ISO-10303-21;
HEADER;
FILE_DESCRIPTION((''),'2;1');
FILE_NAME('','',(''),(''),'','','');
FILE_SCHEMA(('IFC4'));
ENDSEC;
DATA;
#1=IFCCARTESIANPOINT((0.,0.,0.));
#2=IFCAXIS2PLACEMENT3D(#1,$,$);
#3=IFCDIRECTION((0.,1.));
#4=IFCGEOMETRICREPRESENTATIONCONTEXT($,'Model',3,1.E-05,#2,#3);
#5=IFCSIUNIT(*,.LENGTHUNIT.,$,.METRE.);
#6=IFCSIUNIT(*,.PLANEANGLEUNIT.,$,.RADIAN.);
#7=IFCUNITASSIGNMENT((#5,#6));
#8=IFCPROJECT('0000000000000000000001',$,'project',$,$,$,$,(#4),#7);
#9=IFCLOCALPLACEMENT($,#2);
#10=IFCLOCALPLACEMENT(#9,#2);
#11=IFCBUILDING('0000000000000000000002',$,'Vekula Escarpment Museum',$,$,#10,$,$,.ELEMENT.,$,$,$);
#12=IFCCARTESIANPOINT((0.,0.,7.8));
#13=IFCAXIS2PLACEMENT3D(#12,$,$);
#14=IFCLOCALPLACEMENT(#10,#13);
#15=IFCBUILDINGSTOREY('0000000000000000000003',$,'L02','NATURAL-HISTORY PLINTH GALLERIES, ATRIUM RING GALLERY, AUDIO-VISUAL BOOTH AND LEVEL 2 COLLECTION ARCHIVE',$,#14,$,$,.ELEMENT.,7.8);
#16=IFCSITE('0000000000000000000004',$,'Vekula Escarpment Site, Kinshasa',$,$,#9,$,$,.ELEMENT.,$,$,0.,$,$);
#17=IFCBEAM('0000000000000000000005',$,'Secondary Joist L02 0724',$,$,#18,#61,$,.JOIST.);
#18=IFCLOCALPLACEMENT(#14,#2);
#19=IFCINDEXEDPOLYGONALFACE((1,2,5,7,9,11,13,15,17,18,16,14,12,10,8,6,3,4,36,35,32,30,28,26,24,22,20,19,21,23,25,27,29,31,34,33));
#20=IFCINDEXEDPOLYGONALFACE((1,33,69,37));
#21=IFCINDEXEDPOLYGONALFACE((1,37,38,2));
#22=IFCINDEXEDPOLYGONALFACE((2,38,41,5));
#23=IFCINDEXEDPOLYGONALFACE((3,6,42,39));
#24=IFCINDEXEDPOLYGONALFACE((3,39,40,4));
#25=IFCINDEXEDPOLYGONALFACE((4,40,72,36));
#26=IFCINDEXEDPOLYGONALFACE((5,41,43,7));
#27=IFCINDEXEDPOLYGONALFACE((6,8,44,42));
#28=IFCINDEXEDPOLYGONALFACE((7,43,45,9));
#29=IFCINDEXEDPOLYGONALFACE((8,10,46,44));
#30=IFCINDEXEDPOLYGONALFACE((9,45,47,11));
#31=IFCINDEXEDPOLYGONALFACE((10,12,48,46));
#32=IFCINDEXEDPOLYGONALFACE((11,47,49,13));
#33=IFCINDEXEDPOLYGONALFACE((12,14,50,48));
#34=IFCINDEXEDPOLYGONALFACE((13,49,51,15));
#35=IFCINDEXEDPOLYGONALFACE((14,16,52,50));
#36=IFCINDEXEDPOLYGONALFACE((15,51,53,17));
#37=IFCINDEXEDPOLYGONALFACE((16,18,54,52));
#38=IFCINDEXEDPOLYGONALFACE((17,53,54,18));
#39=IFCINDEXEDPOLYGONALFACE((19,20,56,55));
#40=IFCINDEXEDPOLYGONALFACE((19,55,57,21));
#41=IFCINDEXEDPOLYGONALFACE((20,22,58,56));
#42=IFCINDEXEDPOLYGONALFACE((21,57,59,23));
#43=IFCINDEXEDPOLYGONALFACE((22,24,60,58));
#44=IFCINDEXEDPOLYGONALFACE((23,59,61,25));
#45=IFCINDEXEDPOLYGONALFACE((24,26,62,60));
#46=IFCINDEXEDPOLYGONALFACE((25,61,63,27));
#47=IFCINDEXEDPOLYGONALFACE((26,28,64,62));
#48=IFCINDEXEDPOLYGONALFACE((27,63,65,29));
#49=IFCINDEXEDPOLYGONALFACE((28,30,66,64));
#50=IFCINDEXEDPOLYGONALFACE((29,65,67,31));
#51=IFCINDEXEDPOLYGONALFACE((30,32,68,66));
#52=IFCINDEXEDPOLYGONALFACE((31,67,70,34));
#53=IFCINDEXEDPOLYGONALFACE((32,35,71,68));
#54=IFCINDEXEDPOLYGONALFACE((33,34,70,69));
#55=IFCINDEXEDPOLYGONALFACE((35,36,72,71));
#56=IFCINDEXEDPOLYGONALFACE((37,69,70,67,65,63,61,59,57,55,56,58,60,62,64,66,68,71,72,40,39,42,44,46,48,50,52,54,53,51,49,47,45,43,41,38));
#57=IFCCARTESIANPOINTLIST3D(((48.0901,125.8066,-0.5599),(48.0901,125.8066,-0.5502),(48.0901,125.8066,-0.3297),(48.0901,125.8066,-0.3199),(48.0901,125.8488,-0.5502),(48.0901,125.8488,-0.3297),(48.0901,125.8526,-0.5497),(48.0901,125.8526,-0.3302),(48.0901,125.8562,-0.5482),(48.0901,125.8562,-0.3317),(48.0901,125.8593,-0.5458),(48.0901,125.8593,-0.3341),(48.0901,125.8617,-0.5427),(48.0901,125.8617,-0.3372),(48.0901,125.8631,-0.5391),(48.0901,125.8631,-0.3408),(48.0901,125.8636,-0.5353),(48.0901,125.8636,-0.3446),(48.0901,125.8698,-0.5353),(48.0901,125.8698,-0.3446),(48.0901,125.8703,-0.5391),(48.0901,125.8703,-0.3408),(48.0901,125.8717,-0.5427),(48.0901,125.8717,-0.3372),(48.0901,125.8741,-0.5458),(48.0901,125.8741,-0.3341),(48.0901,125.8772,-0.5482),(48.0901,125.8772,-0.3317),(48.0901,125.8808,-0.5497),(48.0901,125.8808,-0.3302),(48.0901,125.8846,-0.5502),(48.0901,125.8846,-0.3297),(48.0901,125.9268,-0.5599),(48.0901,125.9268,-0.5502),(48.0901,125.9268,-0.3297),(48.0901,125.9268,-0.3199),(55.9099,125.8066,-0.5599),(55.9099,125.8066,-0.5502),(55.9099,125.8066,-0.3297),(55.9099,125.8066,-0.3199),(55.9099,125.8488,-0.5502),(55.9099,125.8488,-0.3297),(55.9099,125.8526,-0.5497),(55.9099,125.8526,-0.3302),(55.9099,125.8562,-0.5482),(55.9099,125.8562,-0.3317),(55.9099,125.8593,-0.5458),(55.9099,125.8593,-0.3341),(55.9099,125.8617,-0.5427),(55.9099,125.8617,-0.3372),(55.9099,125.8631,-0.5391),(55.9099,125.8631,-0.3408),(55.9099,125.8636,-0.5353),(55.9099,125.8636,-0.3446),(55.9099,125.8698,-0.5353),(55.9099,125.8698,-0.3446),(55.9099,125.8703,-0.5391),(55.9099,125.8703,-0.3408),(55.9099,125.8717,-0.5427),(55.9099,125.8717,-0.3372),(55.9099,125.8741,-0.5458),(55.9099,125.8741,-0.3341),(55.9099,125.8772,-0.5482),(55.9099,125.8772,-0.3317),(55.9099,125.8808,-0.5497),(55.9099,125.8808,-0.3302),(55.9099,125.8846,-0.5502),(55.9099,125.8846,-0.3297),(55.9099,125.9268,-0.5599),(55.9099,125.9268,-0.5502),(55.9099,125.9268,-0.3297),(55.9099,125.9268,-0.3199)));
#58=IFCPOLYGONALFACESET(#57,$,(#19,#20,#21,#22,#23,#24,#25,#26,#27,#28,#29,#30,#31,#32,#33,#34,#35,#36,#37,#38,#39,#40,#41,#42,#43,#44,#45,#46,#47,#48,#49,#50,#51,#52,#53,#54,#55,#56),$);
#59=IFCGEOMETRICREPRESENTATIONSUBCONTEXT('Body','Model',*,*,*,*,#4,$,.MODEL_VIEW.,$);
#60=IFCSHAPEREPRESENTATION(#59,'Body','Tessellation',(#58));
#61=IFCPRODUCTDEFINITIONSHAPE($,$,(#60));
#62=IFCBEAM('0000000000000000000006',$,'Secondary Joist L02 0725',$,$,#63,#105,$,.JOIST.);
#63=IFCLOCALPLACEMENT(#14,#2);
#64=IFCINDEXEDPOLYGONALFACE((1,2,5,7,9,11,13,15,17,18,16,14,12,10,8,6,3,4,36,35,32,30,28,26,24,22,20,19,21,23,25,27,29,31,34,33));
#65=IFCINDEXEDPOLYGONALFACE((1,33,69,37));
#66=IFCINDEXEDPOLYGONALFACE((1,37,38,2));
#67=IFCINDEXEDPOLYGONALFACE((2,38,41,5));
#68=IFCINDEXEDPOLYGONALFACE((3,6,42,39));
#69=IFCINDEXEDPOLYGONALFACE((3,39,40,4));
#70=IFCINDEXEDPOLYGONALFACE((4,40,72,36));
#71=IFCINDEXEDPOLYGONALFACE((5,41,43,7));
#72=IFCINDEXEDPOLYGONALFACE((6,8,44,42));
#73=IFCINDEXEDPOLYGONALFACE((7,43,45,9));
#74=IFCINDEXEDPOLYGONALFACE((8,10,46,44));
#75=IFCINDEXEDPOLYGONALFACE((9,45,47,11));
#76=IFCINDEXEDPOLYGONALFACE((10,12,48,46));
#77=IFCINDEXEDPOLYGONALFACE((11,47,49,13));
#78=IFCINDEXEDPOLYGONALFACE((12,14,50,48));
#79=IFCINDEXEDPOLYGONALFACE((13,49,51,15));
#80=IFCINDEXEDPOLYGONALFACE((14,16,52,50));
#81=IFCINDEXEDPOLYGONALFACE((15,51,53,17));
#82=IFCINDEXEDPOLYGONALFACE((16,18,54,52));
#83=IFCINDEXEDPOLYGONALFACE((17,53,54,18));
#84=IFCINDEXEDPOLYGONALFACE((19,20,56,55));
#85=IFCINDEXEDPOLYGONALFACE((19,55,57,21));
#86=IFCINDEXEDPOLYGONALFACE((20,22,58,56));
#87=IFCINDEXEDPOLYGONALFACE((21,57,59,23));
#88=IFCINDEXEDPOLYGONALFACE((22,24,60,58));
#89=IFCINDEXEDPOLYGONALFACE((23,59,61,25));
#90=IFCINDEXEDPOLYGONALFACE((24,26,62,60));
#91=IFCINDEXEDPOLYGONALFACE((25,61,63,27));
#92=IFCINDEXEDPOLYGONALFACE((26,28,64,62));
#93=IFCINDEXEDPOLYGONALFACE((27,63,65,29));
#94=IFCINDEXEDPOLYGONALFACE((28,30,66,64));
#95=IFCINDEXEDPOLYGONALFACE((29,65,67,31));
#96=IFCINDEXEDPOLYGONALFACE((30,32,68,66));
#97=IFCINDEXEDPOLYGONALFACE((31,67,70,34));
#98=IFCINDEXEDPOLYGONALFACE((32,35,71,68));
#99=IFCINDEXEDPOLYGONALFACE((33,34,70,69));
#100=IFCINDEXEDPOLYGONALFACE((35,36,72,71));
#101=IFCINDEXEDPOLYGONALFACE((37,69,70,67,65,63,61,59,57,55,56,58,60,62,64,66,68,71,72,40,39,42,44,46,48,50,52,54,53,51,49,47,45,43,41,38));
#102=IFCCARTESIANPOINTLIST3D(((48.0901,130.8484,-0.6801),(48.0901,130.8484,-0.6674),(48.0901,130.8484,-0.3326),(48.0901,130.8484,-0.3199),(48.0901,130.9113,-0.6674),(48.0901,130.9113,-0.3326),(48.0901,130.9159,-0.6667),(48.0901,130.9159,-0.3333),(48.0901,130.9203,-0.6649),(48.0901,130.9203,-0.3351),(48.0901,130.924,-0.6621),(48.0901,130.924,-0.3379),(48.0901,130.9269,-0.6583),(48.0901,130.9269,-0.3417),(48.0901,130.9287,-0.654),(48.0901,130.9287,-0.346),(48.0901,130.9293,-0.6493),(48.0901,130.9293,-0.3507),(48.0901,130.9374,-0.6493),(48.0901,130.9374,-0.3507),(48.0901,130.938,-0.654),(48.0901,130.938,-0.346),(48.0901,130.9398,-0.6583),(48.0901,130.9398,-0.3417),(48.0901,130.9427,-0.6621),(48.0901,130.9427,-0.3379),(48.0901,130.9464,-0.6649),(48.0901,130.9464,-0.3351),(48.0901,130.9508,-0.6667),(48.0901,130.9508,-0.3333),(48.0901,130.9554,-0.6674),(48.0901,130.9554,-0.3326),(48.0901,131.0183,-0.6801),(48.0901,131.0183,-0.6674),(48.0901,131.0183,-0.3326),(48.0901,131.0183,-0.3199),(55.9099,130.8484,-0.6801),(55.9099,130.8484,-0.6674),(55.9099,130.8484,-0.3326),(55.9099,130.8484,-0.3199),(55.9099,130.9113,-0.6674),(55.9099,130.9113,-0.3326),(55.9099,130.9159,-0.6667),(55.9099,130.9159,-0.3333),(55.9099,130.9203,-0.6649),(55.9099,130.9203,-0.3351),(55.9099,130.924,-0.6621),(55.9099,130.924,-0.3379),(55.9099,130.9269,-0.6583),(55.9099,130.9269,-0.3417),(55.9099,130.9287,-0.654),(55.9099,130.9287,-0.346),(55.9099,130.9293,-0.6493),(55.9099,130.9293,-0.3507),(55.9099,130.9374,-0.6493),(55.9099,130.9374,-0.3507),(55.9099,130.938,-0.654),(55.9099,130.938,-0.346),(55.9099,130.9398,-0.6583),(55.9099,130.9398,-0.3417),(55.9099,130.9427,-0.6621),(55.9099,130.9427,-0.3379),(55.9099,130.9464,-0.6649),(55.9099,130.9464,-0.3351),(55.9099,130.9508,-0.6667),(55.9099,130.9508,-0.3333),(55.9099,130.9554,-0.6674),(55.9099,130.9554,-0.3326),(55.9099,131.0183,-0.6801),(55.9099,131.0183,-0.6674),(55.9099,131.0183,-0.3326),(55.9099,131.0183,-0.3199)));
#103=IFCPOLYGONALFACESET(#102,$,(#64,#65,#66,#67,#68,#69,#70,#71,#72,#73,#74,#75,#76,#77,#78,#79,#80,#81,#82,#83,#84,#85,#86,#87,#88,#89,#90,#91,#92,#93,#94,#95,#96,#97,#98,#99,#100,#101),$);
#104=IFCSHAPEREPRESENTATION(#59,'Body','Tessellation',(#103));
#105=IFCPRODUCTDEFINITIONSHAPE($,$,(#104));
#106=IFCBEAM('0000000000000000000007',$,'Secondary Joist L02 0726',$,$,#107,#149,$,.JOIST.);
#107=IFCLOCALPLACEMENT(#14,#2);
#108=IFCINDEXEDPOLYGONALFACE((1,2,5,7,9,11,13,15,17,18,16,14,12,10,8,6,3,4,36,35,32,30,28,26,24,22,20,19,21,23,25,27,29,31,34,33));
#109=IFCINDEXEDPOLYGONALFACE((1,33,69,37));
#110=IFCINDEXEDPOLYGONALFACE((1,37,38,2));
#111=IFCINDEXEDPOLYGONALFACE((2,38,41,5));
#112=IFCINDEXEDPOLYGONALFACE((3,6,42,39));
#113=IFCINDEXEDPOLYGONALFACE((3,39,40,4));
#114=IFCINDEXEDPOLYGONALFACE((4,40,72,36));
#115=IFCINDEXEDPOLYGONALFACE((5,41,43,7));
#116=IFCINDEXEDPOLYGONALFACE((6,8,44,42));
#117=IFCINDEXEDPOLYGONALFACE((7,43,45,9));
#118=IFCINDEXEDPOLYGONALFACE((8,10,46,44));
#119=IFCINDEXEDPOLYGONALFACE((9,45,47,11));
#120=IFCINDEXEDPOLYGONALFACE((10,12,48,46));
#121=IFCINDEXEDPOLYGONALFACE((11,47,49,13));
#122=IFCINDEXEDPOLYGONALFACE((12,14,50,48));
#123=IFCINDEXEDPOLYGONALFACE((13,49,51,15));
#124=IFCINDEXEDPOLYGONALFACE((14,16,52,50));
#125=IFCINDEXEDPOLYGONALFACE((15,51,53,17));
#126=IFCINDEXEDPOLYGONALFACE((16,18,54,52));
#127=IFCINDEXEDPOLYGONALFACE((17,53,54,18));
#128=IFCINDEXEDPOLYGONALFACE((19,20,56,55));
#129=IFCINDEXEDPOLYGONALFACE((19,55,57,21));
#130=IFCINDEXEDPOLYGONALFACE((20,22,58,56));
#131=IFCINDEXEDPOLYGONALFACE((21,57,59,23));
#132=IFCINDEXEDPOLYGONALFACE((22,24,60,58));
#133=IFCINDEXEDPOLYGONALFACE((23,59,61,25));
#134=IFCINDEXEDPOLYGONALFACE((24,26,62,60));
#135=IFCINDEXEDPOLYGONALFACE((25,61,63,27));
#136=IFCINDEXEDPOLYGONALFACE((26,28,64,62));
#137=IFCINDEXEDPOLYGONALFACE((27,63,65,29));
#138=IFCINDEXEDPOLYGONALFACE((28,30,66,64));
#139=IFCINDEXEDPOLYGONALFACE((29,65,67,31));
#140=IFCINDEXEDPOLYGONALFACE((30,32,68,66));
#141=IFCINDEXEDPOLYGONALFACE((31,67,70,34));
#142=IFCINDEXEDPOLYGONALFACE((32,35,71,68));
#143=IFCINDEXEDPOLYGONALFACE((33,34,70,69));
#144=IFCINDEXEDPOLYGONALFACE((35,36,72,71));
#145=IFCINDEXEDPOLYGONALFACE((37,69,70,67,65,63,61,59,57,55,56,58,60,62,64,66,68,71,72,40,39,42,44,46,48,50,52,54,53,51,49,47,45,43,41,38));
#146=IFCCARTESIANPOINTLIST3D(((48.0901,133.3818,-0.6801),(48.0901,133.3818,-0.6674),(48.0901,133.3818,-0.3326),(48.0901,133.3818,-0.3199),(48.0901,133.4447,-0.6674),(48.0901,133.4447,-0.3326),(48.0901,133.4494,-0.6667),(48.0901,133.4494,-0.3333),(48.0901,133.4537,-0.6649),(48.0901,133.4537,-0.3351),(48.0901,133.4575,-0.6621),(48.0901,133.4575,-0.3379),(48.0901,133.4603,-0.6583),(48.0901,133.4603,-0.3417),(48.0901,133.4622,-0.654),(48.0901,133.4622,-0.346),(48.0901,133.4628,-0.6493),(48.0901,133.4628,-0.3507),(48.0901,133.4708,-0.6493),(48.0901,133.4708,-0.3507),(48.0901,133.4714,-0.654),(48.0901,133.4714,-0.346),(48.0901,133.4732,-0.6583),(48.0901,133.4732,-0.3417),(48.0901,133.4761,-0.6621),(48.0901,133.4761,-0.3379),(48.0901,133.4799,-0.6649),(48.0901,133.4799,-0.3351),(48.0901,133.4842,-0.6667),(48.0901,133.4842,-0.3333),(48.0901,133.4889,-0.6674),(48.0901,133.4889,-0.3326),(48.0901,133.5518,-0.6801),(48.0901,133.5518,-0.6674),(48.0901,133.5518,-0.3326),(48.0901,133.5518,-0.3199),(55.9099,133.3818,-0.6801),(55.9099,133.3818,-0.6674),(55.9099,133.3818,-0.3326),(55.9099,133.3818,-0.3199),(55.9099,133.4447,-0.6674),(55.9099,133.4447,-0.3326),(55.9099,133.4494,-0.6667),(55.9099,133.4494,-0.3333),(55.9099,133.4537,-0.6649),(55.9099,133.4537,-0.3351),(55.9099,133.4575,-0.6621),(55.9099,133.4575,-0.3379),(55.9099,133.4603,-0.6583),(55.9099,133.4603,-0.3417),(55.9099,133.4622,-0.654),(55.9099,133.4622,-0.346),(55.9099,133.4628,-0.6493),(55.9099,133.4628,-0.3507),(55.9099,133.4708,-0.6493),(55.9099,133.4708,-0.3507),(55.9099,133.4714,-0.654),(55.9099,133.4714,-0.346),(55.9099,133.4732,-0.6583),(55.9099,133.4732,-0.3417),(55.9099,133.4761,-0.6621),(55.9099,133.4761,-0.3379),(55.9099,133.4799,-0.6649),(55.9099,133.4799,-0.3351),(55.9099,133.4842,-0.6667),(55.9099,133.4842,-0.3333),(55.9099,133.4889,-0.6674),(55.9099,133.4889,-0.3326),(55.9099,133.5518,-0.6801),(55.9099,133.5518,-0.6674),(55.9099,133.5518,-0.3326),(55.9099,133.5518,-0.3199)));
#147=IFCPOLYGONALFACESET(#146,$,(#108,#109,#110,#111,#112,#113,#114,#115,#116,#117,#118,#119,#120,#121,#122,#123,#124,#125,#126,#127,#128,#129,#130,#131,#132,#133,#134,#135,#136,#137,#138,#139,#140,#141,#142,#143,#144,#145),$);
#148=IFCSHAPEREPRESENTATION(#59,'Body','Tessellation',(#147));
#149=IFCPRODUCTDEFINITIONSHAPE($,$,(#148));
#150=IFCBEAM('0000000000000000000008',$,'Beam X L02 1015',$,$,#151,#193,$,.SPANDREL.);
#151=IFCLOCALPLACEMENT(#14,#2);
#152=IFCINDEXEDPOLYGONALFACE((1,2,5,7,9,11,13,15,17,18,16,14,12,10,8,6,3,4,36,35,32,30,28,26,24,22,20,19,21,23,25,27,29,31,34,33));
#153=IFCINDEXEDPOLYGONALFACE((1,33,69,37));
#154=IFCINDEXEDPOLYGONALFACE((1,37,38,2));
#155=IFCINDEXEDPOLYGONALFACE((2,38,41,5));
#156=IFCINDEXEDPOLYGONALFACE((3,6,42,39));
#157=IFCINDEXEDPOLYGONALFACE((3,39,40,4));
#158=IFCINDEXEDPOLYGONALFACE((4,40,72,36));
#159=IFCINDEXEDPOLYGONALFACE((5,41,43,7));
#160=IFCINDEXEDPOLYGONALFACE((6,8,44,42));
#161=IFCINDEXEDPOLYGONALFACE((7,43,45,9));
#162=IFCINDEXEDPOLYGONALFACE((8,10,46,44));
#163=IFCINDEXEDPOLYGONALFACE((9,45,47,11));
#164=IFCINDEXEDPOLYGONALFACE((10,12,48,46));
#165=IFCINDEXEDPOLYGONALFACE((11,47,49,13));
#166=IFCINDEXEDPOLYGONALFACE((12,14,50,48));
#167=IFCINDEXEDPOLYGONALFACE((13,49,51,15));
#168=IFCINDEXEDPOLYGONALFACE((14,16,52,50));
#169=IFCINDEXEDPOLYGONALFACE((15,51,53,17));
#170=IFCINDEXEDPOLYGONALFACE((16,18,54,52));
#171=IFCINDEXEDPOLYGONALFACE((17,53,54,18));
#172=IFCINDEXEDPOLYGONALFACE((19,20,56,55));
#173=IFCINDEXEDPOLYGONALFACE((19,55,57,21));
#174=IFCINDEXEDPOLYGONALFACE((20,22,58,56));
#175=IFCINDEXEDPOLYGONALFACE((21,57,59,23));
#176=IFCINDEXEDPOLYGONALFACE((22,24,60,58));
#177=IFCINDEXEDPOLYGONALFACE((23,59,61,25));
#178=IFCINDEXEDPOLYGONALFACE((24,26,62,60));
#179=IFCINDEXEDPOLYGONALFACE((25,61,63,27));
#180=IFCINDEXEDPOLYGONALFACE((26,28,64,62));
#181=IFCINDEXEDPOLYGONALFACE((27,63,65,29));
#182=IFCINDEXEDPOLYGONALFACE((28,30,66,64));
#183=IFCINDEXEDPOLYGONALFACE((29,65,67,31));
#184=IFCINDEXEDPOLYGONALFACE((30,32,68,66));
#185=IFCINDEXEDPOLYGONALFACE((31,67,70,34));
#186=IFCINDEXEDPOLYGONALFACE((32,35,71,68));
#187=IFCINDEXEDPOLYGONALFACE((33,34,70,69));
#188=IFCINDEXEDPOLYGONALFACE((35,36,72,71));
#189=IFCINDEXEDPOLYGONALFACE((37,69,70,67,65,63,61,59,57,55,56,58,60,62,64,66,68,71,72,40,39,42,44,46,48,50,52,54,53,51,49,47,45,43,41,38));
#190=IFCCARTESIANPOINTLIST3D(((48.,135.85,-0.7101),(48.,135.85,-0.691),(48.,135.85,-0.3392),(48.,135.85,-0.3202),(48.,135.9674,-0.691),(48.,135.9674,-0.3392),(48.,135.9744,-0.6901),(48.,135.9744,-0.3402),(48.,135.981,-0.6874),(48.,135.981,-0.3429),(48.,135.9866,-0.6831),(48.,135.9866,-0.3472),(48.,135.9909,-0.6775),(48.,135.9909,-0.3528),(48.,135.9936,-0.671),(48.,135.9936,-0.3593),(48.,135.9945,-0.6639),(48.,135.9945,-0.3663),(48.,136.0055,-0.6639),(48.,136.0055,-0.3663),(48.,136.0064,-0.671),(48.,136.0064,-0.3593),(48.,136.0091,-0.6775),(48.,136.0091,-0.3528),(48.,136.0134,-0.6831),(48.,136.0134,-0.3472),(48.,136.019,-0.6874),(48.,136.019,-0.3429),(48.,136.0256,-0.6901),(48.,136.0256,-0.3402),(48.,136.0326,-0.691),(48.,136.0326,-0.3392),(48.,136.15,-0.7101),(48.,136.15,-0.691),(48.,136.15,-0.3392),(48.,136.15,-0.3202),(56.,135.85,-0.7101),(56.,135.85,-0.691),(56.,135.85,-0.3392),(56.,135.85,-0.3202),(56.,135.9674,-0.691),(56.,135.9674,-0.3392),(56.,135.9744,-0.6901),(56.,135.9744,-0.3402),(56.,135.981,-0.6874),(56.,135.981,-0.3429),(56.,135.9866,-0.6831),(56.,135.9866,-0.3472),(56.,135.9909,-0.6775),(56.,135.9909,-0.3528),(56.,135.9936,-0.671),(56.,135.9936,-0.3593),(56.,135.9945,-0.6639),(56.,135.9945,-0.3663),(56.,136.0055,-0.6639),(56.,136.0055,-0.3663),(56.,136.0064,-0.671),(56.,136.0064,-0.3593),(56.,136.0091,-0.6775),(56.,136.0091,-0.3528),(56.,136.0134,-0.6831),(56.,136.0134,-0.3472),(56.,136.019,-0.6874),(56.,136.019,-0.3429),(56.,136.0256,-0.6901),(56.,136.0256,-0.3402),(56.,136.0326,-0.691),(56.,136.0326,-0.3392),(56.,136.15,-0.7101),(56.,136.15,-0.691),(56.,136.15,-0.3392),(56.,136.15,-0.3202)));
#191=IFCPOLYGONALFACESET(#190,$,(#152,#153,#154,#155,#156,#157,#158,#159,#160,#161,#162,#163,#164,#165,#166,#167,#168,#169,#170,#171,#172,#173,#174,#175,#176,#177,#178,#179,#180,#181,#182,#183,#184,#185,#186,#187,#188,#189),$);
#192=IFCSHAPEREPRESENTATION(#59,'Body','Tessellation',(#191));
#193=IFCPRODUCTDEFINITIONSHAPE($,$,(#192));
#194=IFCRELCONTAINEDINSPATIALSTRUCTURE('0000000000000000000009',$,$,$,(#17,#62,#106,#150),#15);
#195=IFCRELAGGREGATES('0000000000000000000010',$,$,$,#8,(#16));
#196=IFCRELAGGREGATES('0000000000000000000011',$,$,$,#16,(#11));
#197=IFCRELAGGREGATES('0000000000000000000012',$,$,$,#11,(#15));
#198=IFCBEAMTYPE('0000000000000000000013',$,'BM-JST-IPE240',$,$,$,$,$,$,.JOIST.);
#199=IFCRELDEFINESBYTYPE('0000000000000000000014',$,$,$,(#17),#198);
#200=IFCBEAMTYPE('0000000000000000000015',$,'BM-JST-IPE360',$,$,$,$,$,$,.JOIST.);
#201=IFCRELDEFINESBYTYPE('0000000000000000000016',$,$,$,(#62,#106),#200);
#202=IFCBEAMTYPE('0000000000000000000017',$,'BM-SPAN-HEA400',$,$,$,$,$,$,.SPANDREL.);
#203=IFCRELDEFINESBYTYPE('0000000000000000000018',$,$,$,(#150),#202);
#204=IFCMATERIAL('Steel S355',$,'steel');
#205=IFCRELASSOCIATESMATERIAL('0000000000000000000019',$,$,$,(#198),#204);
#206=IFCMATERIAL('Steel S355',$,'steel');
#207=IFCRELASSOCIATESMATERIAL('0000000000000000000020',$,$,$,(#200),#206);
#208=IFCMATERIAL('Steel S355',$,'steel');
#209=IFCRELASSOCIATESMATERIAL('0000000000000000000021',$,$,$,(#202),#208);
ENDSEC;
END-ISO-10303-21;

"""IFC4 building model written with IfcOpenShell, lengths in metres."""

from ifc_helpers import new_model, si_unit, direction, frame, origin, origin_2d, place, context, subcontext, project, spatial, i_section, extrude, material, material_profile, profile_set, type_object, element, save


model = new_model("IFC4")

# Units and contexts
model_context = context("Model", 3, precision=1e-05, world=origin(), true_north=direction((0.0, 1.0)))
body_context = subcontext(model_context, "Body", "Model", "MODEL_VIEW")
ifc_project = project(units=[si_unit("LENGTHUNIT", "METRE"), si_unit("PLANEANGLEUNIT", "RADIAN")], contexts=[model_context])

# Site, building, storey
site_placement = place(None, origin())
site = spatial("IfcSite", under=ifc_project, at=site_placement, Name="Vekula Escarpment Site, Kinshasa", CompositionType="ELEMENT", RefElevation=0.0)
building_placement = place(site_placement, origin())
building = spatial("IfcBuilding", under=site, at=building_placement, Name="Vekula Escarpment Museum", CompositionType="ELEMENT")
storey_placement = place(building_placement, frame((0.0, 0.0, 7.8)))
storey = spatial("IfcBuildingStorey", under=building, at=storey_placement, Name="L02", Description="NATURAL-HISTORY PLINTH GALLERIES, ATRIUM RING GALLERY, AUDIO-VISUAL BOOTH AND LEVEL 2 COLLECTION ARCHIVE", CompositionType="ELEMENT", Elevation=7.8)

# Beams
ifc_material_1 = material(Name="Steel S355", Category="steel")
ifc_material_profile_1 = material_profile(ifc_material_1, i_section(OverallWidth=0.1201, OverallDepth=0.24, WebThickness=0.0061, FlangeThickness=0.0098, FilletRadius=0.0149, at=origin_2d()), Name="IPE 240")
ifc_profile_set_1 = profile_set([ifc_material_profile_1], Name="Steel S355")
beam_type_1 = type_object("IfcBeamType", Name="BM-JST-IPE240", PredefinedType="JOIST", material=ifc_profile_set_1)
for number, where, z_axis, x_axis, name in (
    (1, (48.0901, 125.8667, -0.4399), (1.0, 0.0, 0.0), (0.0, 1.0, 0.0), "Secondary Joist L02 0724"),
):
    element("IfcBeam", number, at=place(storey_placement, frame(where, z_axis=z_axis, x_axis=x_axis)), inside=storey, type_object=beam_type_1, Name=name, PredefinedType="JOIST", context=body_context, shape_type="SweptSolid", body=[
        extrude(i_section(OverallWidth=0.1201, OverallDepth=0.24, WebThickness=0.0061, FlangeThickness=0.0098, FilletRadius=0.0149, at=origin_2d()), origin(), (0.0, 0.0, 1.0), 7.8198),
    ])
ifc_material_2 = material(Name="Steel S355", Category="steel")
ifc_material_profile_2 = material_profile(ifc_material_2, i_section(OverallWidth=0.1699, OverallDepth=0.3601, WebThickness=0.0081, FlangeThickness=0.0127, FilletRadius=0.0181, at=origin_2d()), Name="IPE 360")
ifc_profile_set_2 = profile_set([ifc_material_profile_2], Name="Steel S355")
beam_type_2 = type_object("IfcBeamType", Name="BM-JST-IPE360", PredefinedType="JOIST", material=ifc_profile_set_2)
for number, where, z_axis, x_axis, name in (
    (2, (48.0901, 130.9333, -0.5), (1.0, 0.0, 0.0), (0.0, 1.0, 0.0), "Secondary Joist L02 0725"),
    (3, (48.0901, 133.4668, -0.5), (1.0, 0.0, 0.0), (0.0, 1.0, 0.0), "Secondary Joist L02 0726"),
):
    element("IfcBeam", number, at=place(storey_placement, frame(where, z_axis=z_axis, x_axis=x_axis)), inside=storey, type_object=beam_type_2, Name=name, PredefinedType="JOIST", context=body_context, shape_type="SweptSolid", body=[
        extrude(i_section(OverallWidth=0.1699, OverallDepth=0.3601, WebThickness=0.0081, FlangeThickness=0.0127, FilletRadius=0.0181, at=origin_2d()), origin(), (0.0, 0.0, 1.0), 7.8198),
    ])
ifc_material_3 = material(Name="Steel S355", Category="steel")
ifc_material_profile_3 = material_profile(ifc_material_3, i_section(OverallWidth=0.3, OverallDepth=0.3899, WebThickness=0.011, FlangeThickness=0.019, FilletRadius=0.0271, at=origin_2d()), Name="HEA 400")
ifc_profile_set_3 = profile_set([ifc_material_profile_3], Name="Steel S355")
beam_type_3 = type_object("IfcBeamType", Name="BM-SPAN-HEA400", PredefinedType="SPANDREL", material=ifc_profile_set_3)
beam_1_placement = place(storey_placement, frame((48.0, 136.0, -0.5151), z_axis=(1.0, 0.0, 0.0), x_axis=(0.0, 1.0, 0.0)))
element("IfcBeam", 4, at=beam_1_placement, inside=storey, type_object=beam_type_3, Name="Beam X L02 1015", PredefinedType="SPANDREL", context=body_context, shape_type="SweptSolid", body=[
    extrude(i_section(OverallWidth=0.3, OverallDepth=0.3899, WebThickness=0.011, FlangeThickness=0.019, FilletRadius=0.0271, at=origin_2d()), origin(), (0.0, 0.0, 1.0), 8.0),
])

save(model, "model.ifc")
